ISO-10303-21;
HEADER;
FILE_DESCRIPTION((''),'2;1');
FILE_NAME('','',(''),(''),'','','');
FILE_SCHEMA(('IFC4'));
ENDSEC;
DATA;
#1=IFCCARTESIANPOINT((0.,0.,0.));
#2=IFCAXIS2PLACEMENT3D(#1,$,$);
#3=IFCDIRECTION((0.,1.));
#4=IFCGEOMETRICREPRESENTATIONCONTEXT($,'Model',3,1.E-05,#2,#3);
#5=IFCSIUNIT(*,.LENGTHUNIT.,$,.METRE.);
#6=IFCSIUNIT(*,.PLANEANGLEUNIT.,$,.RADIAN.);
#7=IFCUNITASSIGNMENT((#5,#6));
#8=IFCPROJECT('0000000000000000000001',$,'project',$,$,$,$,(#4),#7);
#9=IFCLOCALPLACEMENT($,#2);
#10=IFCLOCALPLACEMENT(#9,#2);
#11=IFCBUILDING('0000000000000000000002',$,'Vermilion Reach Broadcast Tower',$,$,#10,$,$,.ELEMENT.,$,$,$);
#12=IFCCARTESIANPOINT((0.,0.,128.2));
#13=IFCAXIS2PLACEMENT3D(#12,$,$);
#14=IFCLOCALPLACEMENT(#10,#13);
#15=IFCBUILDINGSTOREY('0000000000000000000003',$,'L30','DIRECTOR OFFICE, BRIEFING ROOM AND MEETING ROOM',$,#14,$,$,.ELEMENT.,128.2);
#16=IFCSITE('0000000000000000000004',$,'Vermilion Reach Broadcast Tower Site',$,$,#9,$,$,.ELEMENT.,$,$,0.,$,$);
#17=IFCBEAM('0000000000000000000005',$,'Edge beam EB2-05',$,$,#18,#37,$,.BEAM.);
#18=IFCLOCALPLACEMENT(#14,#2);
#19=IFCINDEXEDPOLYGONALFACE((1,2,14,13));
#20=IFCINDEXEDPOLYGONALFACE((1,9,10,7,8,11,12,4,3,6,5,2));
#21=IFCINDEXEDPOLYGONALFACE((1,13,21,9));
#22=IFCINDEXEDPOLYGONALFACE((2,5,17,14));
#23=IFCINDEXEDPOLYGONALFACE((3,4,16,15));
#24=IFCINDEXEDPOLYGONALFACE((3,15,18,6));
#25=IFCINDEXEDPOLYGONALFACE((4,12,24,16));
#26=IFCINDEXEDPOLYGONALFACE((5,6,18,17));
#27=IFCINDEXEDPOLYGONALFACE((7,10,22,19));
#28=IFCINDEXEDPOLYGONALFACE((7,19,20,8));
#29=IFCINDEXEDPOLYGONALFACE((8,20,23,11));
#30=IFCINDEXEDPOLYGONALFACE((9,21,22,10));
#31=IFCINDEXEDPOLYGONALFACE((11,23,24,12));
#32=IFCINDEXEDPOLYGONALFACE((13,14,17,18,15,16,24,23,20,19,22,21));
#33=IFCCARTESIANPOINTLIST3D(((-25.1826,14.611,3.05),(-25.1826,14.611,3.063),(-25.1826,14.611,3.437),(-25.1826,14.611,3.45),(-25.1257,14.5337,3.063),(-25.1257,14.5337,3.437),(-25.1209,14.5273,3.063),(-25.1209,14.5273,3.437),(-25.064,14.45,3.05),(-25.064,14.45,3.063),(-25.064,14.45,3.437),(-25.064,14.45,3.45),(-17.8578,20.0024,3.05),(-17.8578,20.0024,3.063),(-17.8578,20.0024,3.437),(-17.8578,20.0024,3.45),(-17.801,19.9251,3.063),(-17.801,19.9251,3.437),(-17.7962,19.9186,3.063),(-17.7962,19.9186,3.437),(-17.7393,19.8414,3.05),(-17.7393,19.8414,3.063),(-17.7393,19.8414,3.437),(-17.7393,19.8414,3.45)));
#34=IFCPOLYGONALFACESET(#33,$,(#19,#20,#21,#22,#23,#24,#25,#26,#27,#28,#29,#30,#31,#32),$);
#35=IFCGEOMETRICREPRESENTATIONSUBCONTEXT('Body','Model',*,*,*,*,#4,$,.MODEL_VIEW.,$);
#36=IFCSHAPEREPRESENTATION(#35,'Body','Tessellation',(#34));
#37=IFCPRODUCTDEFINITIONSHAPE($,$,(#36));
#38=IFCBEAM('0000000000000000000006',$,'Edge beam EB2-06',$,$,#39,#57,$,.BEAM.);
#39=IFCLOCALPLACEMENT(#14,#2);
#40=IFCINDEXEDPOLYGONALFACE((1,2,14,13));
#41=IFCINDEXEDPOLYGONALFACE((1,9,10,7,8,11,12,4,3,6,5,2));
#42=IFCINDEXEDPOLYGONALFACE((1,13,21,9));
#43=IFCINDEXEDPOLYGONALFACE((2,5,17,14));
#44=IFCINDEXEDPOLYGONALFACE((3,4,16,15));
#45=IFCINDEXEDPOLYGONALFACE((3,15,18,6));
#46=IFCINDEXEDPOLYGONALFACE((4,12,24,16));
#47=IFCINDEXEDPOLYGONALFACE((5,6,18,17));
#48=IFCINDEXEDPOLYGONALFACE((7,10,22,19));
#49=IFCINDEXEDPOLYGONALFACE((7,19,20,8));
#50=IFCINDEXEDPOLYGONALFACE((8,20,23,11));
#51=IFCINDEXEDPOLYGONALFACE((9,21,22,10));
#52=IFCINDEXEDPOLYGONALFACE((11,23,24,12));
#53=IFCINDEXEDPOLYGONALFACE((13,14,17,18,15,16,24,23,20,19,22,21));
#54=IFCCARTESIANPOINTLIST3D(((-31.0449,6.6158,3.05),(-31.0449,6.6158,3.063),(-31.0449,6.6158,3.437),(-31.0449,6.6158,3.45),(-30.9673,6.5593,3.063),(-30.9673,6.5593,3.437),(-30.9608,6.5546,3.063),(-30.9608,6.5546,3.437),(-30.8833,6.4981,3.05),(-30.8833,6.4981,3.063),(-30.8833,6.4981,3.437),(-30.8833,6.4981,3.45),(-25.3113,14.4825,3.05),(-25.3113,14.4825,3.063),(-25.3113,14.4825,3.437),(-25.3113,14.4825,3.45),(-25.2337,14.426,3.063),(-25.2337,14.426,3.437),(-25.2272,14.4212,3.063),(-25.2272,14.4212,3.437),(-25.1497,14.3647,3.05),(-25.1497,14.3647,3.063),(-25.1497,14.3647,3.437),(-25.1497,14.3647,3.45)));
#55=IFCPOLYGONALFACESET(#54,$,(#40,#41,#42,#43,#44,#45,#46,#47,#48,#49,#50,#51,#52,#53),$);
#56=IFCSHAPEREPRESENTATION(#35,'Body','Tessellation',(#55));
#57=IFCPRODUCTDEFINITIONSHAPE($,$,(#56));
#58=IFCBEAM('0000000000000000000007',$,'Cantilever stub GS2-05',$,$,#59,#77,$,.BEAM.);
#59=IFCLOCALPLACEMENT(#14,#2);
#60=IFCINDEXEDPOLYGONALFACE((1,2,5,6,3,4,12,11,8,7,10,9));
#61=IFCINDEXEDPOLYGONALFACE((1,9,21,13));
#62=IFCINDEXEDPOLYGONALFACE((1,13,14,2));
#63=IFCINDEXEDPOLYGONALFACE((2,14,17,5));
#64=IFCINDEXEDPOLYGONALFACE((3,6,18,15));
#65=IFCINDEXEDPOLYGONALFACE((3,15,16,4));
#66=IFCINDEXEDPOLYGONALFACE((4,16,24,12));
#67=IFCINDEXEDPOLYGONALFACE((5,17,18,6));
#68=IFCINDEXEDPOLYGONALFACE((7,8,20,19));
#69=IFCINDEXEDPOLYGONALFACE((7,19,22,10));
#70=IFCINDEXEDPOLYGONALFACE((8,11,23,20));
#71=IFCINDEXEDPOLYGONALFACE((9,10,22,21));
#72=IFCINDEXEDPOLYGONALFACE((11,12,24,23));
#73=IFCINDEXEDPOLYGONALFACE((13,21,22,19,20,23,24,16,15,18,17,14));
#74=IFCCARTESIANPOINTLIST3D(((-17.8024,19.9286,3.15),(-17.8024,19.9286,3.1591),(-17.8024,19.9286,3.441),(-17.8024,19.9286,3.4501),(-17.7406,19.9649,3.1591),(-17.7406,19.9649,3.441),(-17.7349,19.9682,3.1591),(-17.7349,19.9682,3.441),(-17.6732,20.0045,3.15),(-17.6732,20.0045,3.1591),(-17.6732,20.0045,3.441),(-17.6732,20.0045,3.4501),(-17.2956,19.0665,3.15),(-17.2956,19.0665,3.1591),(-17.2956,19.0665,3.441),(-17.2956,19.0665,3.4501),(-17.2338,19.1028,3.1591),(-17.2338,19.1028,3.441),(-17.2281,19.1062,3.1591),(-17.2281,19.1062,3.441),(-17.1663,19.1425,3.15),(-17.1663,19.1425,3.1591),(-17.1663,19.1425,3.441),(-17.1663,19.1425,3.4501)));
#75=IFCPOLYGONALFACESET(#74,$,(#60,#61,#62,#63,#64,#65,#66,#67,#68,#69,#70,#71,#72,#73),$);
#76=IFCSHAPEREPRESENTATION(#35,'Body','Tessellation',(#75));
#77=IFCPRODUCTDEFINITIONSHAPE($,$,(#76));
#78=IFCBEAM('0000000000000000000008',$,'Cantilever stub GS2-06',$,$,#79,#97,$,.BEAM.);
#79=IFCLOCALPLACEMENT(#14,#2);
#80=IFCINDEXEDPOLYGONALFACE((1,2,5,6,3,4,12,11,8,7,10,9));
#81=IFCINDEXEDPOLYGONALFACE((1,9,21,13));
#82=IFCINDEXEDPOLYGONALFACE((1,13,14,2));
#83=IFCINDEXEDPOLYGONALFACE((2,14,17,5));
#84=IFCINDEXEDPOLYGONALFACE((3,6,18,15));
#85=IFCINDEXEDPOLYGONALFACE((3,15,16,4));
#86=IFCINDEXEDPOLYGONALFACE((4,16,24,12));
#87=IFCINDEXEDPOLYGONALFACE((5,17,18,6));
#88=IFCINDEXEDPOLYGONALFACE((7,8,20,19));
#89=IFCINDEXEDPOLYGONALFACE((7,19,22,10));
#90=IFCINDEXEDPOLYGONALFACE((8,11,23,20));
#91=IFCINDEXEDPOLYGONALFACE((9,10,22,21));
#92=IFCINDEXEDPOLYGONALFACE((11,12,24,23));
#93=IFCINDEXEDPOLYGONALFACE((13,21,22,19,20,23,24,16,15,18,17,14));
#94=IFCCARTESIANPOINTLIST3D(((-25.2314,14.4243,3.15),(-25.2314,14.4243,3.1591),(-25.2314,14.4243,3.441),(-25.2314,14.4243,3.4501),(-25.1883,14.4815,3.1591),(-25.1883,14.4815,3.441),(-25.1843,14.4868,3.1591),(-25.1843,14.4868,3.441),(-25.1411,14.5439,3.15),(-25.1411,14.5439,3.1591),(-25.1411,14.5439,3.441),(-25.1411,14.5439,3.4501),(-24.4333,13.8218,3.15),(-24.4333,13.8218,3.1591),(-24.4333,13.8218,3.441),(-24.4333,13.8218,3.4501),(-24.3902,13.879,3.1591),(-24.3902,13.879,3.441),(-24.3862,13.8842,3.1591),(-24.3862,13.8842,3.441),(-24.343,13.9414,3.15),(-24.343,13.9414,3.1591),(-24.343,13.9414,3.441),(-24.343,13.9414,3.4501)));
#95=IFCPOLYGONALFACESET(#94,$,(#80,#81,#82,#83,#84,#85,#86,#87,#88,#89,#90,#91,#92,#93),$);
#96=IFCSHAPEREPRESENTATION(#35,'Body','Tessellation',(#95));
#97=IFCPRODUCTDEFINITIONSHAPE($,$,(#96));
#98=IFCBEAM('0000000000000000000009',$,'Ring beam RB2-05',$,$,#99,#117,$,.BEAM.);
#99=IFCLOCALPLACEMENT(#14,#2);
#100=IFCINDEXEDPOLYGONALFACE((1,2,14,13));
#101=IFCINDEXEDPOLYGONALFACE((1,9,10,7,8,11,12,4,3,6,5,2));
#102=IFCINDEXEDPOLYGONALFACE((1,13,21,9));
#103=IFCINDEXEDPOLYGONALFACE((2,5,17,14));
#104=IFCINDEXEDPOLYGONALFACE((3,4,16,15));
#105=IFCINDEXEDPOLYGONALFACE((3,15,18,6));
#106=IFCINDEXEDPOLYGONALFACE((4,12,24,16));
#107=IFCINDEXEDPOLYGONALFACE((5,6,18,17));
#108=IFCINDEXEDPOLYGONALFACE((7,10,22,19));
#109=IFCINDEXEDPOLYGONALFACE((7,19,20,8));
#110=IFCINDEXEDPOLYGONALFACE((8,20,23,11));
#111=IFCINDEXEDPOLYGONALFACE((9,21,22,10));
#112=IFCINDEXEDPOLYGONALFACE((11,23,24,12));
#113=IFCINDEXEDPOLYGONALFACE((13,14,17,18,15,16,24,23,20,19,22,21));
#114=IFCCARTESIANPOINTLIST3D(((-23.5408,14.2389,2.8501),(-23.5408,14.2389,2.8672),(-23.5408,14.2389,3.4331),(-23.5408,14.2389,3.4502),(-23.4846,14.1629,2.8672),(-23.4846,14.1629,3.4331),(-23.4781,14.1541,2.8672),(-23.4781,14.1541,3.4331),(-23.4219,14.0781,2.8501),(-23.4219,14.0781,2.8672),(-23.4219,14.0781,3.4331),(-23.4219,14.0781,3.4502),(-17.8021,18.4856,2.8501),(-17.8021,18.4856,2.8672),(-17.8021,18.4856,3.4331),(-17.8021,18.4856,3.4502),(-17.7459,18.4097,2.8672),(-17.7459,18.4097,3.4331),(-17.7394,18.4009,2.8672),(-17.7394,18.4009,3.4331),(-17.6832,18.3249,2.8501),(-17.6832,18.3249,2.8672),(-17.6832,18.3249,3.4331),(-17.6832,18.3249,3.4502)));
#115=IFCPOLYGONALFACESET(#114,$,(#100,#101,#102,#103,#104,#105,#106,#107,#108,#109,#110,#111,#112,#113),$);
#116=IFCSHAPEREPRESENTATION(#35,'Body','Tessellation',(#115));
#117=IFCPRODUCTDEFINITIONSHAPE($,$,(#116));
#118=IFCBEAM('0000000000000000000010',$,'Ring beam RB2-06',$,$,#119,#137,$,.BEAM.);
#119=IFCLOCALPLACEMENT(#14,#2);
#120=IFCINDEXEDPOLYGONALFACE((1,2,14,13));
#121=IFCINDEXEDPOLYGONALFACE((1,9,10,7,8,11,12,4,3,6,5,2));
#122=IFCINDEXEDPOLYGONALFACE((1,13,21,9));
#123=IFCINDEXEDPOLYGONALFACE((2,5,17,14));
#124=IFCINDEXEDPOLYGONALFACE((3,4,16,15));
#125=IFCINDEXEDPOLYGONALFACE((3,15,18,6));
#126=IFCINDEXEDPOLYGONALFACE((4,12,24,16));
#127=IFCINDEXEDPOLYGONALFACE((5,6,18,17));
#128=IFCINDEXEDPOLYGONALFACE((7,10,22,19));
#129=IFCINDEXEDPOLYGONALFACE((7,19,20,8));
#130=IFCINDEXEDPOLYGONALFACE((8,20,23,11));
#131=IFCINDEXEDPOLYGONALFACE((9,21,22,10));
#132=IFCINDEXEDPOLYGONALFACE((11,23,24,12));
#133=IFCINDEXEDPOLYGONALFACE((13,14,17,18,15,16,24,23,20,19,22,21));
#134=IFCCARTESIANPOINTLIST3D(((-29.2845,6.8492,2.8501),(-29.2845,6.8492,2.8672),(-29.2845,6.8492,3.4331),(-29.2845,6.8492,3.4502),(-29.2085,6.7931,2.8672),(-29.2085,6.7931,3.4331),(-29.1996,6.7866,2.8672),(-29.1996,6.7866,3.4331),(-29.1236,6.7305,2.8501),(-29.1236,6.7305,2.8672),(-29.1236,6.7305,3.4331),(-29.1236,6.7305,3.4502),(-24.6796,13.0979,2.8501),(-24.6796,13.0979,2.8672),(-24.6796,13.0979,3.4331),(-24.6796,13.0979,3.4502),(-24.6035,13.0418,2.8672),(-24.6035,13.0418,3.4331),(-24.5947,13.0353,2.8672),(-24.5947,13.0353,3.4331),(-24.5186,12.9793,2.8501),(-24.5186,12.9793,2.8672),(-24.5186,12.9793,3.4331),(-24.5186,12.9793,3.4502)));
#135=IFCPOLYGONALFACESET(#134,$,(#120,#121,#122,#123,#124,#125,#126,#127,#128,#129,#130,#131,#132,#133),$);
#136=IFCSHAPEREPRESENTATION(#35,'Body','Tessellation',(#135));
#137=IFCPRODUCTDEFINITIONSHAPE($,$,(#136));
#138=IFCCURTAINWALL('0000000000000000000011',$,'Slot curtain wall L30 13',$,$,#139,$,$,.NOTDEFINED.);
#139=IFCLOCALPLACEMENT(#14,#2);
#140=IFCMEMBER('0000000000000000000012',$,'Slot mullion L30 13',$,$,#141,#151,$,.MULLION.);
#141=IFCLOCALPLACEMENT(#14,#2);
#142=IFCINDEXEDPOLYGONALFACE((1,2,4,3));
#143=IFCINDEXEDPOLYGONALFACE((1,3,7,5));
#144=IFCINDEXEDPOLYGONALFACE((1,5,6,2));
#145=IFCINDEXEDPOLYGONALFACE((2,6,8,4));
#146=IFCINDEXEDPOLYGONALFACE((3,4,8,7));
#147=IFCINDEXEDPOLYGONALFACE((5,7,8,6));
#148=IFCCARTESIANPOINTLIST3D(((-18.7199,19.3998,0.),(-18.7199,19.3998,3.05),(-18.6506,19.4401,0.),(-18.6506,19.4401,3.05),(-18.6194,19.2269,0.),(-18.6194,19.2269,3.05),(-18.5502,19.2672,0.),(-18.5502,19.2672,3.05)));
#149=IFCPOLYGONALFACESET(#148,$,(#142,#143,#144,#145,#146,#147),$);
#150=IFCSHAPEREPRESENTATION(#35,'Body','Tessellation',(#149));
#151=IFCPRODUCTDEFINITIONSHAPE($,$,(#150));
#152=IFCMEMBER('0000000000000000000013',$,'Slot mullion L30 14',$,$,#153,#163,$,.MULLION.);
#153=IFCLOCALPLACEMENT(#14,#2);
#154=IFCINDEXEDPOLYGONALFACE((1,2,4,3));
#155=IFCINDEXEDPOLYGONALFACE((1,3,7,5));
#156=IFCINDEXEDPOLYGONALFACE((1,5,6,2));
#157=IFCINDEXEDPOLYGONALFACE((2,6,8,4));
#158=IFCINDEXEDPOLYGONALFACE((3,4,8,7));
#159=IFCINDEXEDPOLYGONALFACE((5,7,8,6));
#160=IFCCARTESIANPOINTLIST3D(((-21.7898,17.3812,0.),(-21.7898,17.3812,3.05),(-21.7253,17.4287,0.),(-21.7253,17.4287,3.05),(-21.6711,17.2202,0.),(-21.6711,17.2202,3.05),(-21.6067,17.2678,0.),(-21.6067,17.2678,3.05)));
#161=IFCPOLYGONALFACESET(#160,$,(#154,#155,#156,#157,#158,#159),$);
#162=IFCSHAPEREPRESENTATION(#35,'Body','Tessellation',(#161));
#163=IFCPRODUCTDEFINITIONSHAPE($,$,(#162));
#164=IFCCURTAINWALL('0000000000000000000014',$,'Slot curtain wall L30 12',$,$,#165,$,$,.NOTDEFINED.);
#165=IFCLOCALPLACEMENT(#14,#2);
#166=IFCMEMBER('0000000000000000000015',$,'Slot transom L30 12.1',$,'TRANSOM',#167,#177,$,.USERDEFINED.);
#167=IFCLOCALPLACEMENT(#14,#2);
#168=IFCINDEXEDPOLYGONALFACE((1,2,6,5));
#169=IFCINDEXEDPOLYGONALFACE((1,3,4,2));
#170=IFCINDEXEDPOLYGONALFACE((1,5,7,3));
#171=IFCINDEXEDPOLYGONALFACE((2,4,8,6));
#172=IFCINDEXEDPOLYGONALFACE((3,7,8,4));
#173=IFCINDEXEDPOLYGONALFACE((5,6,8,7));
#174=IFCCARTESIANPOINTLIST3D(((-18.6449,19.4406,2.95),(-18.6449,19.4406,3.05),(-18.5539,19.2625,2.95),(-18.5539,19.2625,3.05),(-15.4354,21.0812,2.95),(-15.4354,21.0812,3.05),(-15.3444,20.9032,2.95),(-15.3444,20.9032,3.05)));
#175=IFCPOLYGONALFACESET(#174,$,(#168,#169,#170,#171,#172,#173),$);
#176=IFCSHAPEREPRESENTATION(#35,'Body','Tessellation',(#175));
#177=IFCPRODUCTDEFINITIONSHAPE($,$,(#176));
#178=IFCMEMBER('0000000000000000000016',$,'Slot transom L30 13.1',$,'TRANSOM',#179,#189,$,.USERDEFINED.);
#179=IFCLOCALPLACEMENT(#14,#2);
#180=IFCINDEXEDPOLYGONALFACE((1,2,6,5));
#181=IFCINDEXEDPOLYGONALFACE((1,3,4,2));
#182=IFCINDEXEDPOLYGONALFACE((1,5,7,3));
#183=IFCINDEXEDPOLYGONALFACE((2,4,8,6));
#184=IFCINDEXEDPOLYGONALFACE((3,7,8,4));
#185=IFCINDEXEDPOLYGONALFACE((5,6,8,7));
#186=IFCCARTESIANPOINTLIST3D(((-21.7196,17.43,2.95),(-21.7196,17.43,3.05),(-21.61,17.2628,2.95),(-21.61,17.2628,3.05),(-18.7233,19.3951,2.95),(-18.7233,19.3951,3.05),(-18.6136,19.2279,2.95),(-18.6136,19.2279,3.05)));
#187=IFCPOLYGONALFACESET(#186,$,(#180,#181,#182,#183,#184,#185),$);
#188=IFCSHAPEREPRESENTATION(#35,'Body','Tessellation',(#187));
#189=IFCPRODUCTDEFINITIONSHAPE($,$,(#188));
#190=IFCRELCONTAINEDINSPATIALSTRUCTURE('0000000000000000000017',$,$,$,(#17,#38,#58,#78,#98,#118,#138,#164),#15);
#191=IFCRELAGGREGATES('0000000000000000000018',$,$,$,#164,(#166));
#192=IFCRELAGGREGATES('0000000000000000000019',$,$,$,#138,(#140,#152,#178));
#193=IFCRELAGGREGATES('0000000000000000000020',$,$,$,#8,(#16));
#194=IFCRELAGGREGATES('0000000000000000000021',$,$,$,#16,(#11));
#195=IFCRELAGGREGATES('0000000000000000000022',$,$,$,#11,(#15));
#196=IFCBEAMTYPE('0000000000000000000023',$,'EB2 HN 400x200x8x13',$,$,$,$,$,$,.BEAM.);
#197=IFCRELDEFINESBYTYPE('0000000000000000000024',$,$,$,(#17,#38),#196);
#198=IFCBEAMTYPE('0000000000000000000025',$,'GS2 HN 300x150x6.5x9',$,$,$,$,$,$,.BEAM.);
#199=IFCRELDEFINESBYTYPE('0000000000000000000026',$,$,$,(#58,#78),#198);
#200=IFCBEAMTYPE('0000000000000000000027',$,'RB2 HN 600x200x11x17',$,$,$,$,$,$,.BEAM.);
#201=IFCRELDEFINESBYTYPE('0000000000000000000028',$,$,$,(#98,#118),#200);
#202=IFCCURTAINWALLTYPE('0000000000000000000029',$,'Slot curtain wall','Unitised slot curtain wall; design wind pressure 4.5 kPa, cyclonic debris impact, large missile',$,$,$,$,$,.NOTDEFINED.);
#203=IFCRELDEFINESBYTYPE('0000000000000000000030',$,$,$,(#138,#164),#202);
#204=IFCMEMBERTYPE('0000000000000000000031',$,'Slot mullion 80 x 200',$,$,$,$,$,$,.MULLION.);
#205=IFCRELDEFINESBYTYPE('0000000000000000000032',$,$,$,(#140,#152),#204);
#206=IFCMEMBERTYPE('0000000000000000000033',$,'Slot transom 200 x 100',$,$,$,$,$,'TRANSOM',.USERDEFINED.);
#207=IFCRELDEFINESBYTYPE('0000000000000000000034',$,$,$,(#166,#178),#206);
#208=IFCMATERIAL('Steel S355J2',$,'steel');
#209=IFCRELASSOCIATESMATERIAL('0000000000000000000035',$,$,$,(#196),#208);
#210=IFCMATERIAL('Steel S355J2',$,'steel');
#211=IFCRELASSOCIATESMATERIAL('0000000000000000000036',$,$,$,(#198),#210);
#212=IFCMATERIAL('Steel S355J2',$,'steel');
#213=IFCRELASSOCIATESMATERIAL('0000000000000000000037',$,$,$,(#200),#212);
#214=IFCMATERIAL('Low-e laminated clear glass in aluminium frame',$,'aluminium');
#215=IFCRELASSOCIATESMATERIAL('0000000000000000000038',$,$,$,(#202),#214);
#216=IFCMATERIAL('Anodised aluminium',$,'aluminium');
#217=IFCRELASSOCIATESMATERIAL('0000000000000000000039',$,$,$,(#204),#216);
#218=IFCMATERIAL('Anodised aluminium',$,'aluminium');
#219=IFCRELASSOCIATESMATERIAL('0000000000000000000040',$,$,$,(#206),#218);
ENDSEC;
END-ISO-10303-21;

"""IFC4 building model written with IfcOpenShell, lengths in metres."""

from ifc_helpers import new_model, si_unit, direction, frame, origin, origin_2d, place, context, subcontext, project, spatial, rectangle, i_section, extrude, material, material_profile, profile_set, type_object, element, aggregate, save


model = new_model("IFC4")

# Units and contexts
model_context = context("Model", 3, precision=1e-05, world=origin(), true_north=direction((0.0, 1.0)))
body_context = subcontext(model_context, "Body", "Model", "MODEL_VIEW")
ifc_project = project(units=[si_unit("LENGTHUNIT", "METRE"), si_unit("PLANEANGLEUNIT", "RADIAN")], contexts=[model_context])

# Site, building, storey
site_placement = place(None, origin())
site = spatial("IfcSite", under=ifc_project, at=site_placement, Name="Vermilion Reach Broadcast Tower Site", CompositionType="ELEMENT", RefElevation=0.0)
building_placement = place(site_placement, origin())
building = spatial("IfcBuilding", under=site, at=building_placement, Name="Vermilion Reach Broadcast Tower", CompositionType="ELEMENT")
storey_placement = place(building_placement, frame((0.0, 0.0, 128.2)))
storey = spatial("IfcBuildingStorey", under=building, at=storey_placement, Name="L30", Description="DIRECTOR OFFICE, BRIEFING ROOM AND MEETING ROOM", CompositionType="ELEMENT", Elevation=128.2)

# Beams
ifc_material_1 = material(Name="Steel S355J2", Category="steel")
ifc_material_profile_1 = material_profile(ifc_material_1, i_section(OverallWidth=0.2, OverallDepth=0.3999, WebThickness=0.0081, FlangeThickness=0.0129, at=origin_2d()), Name="S355J2 HN 400x200x8x13")
ifc_profile_set_1 = profile_set([ifc_material_profile_1], Name="Steel S355J2")
beam_type_1 = type_object("IfcBeamType", Name="EB2 HN 400x200x8x13", PredefinedType="BEAM", material=ifc_profile_set_1)
beam_1_placement = place(storey_placement, frame((-17.7986, 19.9219, 3.25), z_axis=(-0.80536, -0.592786, 0.0), x_axis=(0.592786, -0.80536, 0.0)))
element("IfcBeam", 1, at=beam_1_placement, inside=storey, type_object=beam_type_1, Name="Edge beam EB2-05", PredefinedType="BEAM", context=body_context, shape_type="SweptSolid", body=[
    extrude(i_section(OverallWidth=0.2, OverallDepth=0.3999, WebThickness=0.0081, FlangeThickness=0.0129, at=origin_2d()), origin(), (0.0, 0.0, 1.0), 9.095),
])
beam_2_placement = place(storey_placement, frame((-25.2305, 14.4236, 3.25), z_axis=(-0.589005, -0.808129, 0.0), x_axis=(0.808129, -0.589005, 0.0)))
element("IfcBeam", 2, at=beam_2_placement, inside=storey, type_object=beam_type_1, Name="Edge beam EB2-06", PredefinedType="BEAM", context=body_context, shape_type="SweptSolid", body=[
    extrude(i_section(OverallWidth=0.2, OverallDepth=0.3999, WebThickness=0.0081, FlangeThickness=0.0129, at=origin_2d()), origin(), (0.0, 0.0, 1.0), 9.7344),
])
ifc_material_2 = material(Name="Steel S355J2", Category="steel")
ifc_material_profile_2 = material_profile(ifc_material_2, i_section(OverallWidth=0.1499, OverallDepth=0.3, WebThickness=0.0066, FlangeThickness=0.009, at=origin_2d()), Name="S355J2 HN 300x150x6.5x9")
ifc_profile_set_2 = profile_set([ifc_material_profile_2], Name="Steel S355J2")
beam_type_2 = type_object("IfcBeamType", Name="GS2 HN 300x150x6.5x9", PredefinedType="BEAM", material=ifc_profile_set_2)
for number, where, z_axis, x_axis, name in (
    (3, (-17.231, 19.1045, 3.3), (-0.506828, 0.862047, 0.0), (-0.862047, -0.506828, 0.0), "Cantilever stub GS2-05"),
    (4, (-24.3882, 13.8816, 3.3), (-0.798092, 0.602536, 0.0), (-0.602536, -0.798092, 0.0), "Cantilever stub GS2-06"),
):
    element("IfcBeam", number, at=place(storey_placement, frame(where, z_axis=z_axis, x_axis=x_axis)), inside=storey, type_object=beam_type_2, Name=name, PredefinedType="BEAM", context=body_context, shape_type="SweptSolid", body=[
        extrude(i_section(OverallWidth=0.1499, OverallDepth=0.3, WebThickness=0.0066, FlangeThickness=0.009, at=origin_2d()), origin(), (0.0, 0.0, 1.0), 1.0),
    ])
ifc_material_3 = material(Name="Steel S355J2", Category="steel")
ifc_material_profile_3 = material_profile(ifc_material_3, i_section(OverallWidth=0.2, OverallDepth=0.6001, WebThickness=0.011, FlangeThickness=0.0171, at=origin_2d()), Name="S355J2 HN 600x200x11x17")
ifc_profile_set_3 = profile_set([ifc_material_profile_3], Name="Steel S355J2")
beam_type_3 = type_object("IfcBeamType", Name="RB2 HN 600x200x11x17", PredefinedType="BEAM", material=ifc_profile_set_3)
beam_3_placement = place(storey_placement, frame((-17.7427, 18.4053, 3.1501), z_axis=(-0.803833, -0.594855, 0.0), x_axis=(0.594855, -0.803833, 0.0)))
element("IfcBeam", 5, at=beam_3_placement, inside=storey, type_object=beam_type_3, Name="Ring beam RB2-05", PredefinedType="BEAM", context=body_context, shape_type="SweptSolid", body=[
    extrude(i_section(OverallWidth=0.2, OverallDepth=0.6001, WebThickness=0.011, FlangeThickness=0.0171, at=origin_2d()), origin(), (0.0, 0.0, 1.0), 7.1392),
])
beam_4_placement = place(storey_placement, frame((-24.5991, 13.0386, 3.1501), z_axis=(-0.593251, -0.805018, 0.0), x_axis=(0.805018, -0.593251, 0.0)))
element("IfcBeam", 6, at=beam_4_placement, inside=storey, type_object=beam_type_3, Name="Ring beam RB2-06", PredefinedType="BEAM", context=body_context, shape_type="SweptSolid", body=[
    extrude(i_section(OverallWidth=0.2, OverallDepth=0.6001, WebThickness=0.011, FlangeThickness=0.0171, at=origin_2d()), origin(), (0.0, 0.0, 1.0), 7.7622),
])

# Curtain wall, members
ifc_material_4 = material(Name="Low-e laminated clear glass in aluminium frame", Category="aluminium")
curtain_wall_type = type_object("IfcCurtainWallType", Name="Slot curtain wall", Description="Unitised slot curtain wall; design wind pressure 4.5 kPa, cyclonic debris impact, large missile", PredefinedType="NOTDEFINED", material=ifc_material_4)
placement = place(storey_placement, origin())
curtain_wall_1 = element("IfcCurtainWall", 7, at=placement, inside=storey, type_object=curtain_wall_type, Name="Slot curtain wall L30 13", PredefinedType="NOTDEFINED")
ifc_material_5 = material(Name="Anodised aluminium", Category="aluminium")
ifc_material_profile_4 = material_profile(ifc_material_5, rectangle(XDim=0.2, YDim=0.0801, at=origin_2d()), Name="Slot mullion 80 x 200")
ifc_profile_set_4 = profile_set([ifc_material_profile_4], Name="Anodised aluminium")
member_type_1 = type_object("IfcMemberType", Name="Slot mullion 80 x 200", PredefinedType="MULLION", material=ifc_profile_set_4)
member_1_placement = place(storey_placement, frame((-18.635, 19.3335, 0.0), z_axis=(0.0, 0.0, 1.0), x_axis=(0.502506, -0.864574, 0.0)))
member_1 = element("IfcMember", 8, at=member_1_placement, type_object=member_type_1, Name="Slot mullion L30 13", PredefinedType="MULLION", context=body_context, shape_type="SweptSolid", body=[
    extrude(rectangle(XDim=0.2, YDim=0.0801, at=origin_2d()), origin(), (0.0, 0.0, 1.0), 3.05),
])
member_2_placement = place(storey_placement, frame((-21.6982, 17.3245, 0.0), z_axis=(0.0, 0.0, 1.0), x_axis=(0.593433, -0.804883, 0.0)))
member_2 = element("IfcMember", 9, at=member_2_placement, type_object=member_type_1, Name="Slot mullion L30 14", PredefinedType="MULLION", context=body_context, shape_type="SweptSolid", body=[
    extrude(rectangle(XDim=0.2, YDim=0.0801, at=origin_2d()), origin(), (0.0, 0.0, 1.0), 3.05),
])

# Curtain wall, member
curtain_wall_2 = element("IfcCurtainWall", 10, at=placement, inside=storey, type_object=curtain_wall_type, Name="Slot curtain wall L30 12", PredefinedType="NOTDEFINED")
ifc_material_6 = material(Name="Anodised aluminium", Category="aluminium")
ifc_material_profile_5 = material_profile(ifc_material_6, rectangle(XDim=0.2, YDim=0.1001, at=origin_2d()), Name="Slot transom 200 x 100")
ifc_profile_set_5 = profile_set([ifc_material_profile_5], Name="Anodised aluminium")
member_type_2 = type_object("IfcMemberType", Name="Slot transom 200 x 100", ElementType="TRANSOM", PredefinedType="USERDEFINED", material=ifc_profile_set_5)
member_3_placement = place(storey_placement, frame((-15.3899, 20.9922, 3.0), z_axis=(-0.890409, -0.455161, 0.0), x_axis=(0.455161, -0.890409, 0.0)))
member_3 = element("IfcMember", 11, at=member_3_placement, type_object=member_type_2, Name="Slot transom L30 12.1", ObjectType="TRANSOM", PredefinedType="USERDEFINED", context=body_context, shape_type="SweptSolid", body=[
    extrude(rectangle(XDim=0.2, YDim=0.1001, at=origin_2d()), origin(), (0.0, 0.0, 1.0), 3.6045),
])

# Member
member_4_placement = place(storey_placement, frame((-18.6685, 19.3115, 3.0), z_axis=(-0.836209, -0.548411, 0.0), x_axis=(0.548411, -0.836209, 0.0)))
member_4 = element("IfcMember", 12, at=member_4_placement, type_object=member_type_2, Name="Slot transom L30 13.1", ObjectType="TRANSOM", PredefinedType="USERDEFINED", context=body_context, shape_type="SweptSolid", body=[
    extrude(rectangle(XDim=0.2, YDim=0.1001, at=origin_2d()), origin(), (0.0, 0.0, 1.0), 3.5833),
])

aggregate(curtain_wall_2, [member_3])
aggregate(curtain_wall_1, [member_1, member_2, member_4])

save(model, "model.ifc")
